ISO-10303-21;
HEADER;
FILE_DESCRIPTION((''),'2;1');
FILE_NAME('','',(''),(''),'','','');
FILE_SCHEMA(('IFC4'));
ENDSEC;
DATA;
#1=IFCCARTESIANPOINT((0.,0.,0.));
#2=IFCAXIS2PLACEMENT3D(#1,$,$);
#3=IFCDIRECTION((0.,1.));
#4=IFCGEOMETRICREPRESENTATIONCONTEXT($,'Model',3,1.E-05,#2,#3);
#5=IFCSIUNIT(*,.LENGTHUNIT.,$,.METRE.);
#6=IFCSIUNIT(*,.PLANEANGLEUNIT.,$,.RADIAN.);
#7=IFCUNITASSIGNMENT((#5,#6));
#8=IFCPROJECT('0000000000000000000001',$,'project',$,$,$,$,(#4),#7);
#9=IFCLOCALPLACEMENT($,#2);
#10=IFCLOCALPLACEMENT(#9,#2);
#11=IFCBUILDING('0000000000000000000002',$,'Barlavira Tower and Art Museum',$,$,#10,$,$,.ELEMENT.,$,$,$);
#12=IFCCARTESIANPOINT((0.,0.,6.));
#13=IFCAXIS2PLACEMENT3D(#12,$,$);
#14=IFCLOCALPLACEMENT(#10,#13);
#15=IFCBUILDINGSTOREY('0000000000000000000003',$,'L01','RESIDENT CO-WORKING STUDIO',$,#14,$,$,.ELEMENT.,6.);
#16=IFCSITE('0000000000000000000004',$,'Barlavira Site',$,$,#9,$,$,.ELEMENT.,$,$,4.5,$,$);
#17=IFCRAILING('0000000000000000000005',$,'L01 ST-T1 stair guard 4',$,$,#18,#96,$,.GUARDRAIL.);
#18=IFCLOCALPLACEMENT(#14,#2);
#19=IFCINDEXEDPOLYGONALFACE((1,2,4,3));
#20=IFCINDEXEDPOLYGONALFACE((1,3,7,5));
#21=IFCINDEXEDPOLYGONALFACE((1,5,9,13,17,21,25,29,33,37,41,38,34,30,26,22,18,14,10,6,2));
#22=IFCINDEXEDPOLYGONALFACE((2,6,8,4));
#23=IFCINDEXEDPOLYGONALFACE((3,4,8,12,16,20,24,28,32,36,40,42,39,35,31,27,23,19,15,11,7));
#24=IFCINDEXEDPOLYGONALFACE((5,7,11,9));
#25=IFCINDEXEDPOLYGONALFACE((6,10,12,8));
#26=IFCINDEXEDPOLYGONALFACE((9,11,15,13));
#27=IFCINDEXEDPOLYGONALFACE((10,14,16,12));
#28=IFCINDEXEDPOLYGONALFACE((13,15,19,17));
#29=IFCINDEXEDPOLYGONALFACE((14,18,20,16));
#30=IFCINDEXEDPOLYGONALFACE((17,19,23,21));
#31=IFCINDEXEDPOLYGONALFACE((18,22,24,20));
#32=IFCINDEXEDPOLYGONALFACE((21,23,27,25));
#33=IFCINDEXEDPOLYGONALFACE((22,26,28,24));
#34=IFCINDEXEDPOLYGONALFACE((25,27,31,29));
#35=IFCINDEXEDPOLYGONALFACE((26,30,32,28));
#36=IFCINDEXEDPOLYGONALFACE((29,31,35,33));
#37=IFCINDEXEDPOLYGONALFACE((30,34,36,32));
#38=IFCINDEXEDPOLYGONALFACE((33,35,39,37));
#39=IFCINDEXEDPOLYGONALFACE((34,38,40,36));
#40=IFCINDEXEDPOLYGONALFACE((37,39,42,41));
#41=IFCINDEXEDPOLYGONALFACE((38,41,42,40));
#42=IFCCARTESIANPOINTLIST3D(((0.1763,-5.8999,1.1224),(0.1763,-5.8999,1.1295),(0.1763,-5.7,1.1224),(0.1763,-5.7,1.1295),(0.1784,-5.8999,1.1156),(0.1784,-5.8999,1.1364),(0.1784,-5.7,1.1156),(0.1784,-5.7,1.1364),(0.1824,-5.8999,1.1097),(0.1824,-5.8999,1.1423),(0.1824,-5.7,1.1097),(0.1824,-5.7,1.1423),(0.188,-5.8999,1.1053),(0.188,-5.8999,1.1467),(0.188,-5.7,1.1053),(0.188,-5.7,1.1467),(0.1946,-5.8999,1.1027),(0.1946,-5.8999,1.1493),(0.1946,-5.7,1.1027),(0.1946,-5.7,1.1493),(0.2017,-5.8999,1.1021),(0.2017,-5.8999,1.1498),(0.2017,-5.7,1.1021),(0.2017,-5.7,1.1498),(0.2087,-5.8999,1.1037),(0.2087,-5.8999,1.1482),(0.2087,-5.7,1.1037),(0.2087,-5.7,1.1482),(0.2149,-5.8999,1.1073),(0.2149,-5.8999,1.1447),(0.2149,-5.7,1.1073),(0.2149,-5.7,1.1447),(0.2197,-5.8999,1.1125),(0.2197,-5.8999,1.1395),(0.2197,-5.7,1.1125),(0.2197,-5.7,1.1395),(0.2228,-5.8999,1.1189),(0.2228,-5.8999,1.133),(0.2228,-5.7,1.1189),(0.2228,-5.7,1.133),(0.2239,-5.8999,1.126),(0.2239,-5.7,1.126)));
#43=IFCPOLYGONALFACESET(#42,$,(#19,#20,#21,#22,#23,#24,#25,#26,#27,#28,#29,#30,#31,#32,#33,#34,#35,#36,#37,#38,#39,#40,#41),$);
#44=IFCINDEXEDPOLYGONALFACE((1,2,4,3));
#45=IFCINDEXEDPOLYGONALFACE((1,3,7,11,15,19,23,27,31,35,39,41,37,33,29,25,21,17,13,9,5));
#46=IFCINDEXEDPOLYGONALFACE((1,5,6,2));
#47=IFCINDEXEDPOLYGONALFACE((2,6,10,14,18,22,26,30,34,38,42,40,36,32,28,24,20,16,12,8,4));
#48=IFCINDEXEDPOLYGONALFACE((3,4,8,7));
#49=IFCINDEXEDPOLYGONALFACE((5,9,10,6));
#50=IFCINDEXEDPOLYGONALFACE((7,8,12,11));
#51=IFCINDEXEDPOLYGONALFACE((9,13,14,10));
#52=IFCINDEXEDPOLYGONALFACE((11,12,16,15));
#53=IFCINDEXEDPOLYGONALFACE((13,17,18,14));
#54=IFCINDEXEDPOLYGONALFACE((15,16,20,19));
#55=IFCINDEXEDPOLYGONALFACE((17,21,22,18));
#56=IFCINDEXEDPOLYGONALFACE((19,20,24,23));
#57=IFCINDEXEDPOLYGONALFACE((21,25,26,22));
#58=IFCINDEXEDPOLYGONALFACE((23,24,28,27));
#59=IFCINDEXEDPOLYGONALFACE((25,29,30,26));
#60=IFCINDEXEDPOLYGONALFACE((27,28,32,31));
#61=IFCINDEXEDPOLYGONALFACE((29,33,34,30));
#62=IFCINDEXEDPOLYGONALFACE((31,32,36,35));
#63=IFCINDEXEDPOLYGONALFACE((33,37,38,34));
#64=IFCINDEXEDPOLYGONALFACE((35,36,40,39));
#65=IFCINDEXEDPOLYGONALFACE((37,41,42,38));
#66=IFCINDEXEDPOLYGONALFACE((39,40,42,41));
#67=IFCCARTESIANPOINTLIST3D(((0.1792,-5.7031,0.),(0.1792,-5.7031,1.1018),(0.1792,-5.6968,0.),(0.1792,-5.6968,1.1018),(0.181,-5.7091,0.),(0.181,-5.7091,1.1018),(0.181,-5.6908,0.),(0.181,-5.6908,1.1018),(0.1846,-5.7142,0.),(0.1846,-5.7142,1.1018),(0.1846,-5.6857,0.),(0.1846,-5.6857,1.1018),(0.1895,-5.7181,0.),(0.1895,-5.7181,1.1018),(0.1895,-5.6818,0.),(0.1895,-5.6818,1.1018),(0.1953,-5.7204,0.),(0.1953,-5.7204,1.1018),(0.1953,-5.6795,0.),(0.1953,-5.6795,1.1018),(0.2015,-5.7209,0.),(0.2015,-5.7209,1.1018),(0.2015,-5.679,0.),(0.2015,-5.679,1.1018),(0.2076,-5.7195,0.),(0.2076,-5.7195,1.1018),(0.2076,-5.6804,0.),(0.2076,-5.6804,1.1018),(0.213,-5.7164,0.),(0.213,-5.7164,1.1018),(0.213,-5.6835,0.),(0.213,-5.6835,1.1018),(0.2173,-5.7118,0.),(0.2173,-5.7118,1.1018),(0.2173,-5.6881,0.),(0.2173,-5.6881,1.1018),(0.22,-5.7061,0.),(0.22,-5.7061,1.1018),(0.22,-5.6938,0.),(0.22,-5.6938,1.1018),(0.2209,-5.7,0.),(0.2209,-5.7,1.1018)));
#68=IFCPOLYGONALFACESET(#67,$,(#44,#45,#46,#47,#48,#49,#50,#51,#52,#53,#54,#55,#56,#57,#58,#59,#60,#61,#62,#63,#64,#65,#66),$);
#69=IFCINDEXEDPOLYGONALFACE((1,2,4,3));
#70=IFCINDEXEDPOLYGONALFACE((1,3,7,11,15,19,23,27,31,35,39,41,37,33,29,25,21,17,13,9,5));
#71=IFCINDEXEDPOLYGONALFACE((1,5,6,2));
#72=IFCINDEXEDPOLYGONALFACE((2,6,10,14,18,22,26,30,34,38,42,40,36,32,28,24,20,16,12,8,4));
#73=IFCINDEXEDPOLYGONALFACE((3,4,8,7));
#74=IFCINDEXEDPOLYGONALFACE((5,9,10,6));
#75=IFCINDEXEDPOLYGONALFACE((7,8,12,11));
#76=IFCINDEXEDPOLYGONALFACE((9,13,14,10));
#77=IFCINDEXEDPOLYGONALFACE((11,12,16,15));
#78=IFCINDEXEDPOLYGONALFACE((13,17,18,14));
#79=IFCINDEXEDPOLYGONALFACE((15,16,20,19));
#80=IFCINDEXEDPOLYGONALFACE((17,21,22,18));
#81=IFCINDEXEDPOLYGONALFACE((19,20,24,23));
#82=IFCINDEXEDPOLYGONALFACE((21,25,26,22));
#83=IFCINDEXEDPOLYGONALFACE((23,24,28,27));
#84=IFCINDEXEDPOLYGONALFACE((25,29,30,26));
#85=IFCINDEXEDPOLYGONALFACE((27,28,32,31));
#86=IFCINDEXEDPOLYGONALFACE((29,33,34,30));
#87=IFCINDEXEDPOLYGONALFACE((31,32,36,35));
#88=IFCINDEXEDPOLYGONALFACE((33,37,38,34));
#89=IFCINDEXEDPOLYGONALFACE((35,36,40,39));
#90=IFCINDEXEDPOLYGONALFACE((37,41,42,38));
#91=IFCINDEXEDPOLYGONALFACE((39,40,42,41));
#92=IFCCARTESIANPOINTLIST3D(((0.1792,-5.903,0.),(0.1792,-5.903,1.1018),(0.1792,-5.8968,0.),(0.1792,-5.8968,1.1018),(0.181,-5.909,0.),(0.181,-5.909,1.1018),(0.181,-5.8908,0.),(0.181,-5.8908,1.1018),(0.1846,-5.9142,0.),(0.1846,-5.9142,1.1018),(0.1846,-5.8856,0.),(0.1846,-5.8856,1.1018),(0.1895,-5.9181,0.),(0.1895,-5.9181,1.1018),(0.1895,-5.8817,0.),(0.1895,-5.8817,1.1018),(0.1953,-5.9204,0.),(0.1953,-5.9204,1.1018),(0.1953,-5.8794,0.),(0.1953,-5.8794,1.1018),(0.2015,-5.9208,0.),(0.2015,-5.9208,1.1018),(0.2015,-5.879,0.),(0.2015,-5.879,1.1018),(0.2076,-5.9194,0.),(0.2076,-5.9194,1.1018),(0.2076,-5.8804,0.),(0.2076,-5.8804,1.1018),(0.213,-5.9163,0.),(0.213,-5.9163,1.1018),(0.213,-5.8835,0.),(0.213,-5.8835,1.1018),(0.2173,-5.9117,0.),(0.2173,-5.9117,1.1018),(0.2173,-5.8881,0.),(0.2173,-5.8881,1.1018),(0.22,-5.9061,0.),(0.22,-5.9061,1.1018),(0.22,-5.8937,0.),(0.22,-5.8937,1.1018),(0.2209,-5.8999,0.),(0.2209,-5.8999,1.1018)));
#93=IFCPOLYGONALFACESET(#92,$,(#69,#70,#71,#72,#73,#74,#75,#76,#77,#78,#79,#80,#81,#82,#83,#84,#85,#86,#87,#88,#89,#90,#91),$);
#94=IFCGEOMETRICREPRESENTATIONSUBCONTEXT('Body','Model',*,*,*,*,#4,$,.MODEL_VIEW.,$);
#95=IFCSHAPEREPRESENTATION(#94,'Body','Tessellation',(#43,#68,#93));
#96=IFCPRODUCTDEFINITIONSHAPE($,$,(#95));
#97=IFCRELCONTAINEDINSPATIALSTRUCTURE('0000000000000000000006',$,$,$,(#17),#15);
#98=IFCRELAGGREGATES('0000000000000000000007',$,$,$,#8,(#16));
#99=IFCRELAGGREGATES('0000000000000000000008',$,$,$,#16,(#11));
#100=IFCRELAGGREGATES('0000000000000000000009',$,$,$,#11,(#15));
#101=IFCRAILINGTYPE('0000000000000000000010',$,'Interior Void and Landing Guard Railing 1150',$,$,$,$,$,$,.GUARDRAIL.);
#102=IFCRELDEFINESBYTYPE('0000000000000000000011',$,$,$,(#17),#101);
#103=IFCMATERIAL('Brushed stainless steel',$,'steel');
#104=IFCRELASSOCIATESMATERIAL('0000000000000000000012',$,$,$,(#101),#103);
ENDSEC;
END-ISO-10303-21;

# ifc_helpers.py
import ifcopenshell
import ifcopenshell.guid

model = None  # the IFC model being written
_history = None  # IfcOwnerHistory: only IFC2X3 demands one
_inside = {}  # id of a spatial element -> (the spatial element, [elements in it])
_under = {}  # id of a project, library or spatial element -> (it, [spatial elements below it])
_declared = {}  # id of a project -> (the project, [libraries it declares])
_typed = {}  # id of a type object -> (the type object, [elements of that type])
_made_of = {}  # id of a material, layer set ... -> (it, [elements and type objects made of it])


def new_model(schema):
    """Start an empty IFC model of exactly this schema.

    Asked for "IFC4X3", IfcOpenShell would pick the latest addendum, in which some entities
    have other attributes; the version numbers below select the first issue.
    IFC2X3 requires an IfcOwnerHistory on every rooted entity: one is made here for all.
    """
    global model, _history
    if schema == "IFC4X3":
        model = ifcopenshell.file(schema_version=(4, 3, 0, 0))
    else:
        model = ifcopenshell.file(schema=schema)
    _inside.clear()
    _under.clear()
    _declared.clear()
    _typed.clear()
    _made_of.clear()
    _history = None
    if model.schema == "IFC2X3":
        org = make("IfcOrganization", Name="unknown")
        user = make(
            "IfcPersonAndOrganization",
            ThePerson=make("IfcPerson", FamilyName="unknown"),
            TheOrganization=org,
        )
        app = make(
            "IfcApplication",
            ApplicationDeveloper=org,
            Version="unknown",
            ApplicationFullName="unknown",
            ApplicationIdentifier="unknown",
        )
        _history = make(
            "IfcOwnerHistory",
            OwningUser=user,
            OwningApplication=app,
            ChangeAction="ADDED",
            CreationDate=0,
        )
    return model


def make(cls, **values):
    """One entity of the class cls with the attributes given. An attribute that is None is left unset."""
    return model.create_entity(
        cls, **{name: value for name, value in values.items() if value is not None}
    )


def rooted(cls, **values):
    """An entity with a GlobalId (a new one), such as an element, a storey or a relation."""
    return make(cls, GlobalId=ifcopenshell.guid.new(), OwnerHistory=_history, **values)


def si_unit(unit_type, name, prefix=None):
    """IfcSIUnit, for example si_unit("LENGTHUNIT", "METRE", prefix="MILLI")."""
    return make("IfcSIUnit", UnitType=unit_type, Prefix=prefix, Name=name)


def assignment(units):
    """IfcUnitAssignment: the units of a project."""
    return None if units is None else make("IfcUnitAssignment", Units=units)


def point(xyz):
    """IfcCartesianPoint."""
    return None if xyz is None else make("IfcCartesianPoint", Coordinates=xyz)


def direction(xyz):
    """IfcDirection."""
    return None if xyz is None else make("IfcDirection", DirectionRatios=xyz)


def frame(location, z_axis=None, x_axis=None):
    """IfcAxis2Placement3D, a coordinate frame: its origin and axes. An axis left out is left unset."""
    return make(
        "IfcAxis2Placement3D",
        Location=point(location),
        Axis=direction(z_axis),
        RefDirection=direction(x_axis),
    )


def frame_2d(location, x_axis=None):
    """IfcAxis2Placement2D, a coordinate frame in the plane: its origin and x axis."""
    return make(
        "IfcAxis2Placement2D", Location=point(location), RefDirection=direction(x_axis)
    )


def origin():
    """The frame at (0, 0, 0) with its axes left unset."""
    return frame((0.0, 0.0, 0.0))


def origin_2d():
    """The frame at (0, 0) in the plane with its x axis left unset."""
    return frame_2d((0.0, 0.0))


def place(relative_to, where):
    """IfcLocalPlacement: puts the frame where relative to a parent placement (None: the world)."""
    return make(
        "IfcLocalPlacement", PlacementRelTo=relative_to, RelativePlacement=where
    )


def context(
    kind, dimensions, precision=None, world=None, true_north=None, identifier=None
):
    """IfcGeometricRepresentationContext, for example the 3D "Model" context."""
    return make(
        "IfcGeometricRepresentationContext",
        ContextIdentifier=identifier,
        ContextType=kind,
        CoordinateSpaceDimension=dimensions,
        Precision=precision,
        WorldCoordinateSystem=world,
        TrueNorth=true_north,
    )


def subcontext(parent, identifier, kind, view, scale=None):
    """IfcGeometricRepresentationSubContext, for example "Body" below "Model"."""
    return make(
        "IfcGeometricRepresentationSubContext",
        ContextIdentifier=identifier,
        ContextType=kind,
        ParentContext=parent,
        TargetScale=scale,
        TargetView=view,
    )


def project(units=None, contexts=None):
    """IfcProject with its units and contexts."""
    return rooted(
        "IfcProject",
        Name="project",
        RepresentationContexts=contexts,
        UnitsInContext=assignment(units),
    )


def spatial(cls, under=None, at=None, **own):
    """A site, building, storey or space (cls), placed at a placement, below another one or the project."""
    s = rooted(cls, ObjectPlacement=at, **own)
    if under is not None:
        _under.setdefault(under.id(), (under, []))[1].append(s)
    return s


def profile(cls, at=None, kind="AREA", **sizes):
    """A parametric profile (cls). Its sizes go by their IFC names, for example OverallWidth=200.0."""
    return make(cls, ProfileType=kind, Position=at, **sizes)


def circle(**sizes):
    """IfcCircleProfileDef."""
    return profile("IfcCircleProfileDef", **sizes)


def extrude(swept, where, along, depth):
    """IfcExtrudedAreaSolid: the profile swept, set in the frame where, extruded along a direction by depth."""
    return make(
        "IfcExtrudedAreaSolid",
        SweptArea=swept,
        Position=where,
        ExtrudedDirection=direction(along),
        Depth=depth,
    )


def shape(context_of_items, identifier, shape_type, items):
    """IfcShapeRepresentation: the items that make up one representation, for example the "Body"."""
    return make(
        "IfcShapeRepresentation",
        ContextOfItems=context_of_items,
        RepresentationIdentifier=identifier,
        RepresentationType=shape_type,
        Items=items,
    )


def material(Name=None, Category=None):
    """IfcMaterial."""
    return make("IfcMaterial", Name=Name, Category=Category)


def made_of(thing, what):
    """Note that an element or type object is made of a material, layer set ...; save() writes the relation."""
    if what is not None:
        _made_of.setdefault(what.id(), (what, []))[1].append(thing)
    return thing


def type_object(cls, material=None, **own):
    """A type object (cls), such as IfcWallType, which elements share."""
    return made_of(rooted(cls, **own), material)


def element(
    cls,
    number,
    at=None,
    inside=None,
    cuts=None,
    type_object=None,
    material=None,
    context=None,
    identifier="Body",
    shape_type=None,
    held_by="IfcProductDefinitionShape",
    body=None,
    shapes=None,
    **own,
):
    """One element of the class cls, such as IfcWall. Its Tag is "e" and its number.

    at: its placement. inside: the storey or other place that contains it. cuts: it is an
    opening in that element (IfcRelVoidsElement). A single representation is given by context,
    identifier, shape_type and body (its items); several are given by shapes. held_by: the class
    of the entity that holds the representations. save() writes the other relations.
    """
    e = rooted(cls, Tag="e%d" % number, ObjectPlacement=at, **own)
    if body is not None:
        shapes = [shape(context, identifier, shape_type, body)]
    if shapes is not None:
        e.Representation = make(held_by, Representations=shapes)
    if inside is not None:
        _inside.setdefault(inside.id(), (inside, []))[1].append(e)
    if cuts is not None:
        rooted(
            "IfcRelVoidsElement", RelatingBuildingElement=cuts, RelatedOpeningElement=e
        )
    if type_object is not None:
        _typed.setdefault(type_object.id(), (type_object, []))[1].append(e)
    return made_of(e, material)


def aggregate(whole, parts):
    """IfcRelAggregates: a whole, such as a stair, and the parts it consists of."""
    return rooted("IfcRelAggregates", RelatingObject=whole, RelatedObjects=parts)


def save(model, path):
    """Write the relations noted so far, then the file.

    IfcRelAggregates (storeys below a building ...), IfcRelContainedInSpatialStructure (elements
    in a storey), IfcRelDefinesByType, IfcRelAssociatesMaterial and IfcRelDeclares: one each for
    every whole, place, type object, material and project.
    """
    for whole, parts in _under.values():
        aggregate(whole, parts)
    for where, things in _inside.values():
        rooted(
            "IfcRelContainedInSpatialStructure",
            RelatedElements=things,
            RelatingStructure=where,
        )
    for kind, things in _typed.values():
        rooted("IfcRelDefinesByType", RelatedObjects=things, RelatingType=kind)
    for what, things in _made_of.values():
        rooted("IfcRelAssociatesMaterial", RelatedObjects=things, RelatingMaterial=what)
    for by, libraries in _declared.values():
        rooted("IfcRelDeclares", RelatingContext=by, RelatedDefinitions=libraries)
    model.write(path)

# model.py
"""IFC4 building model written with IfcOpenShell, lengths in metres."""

from ifc_helpers import new_model, si_unit, direction, frame, origin, origin_2d, place, context, subcontext, project, spatial, circle, extrude, material, type_object, element, save


model = new_model("IFC4")

# Units and contexts
model_context = context("Model", 3, precision=1e-05, world=origin(), true_north=direction((0.0, 1.0)))
body_context = subcontext(model_context, "Body", "Model", "MODEL_VIEW")
ifc_project = project(units=[si_unit("LENGTHUNIT", "METRE"), si_unit("PLANEANGLEUNIT", "RADIAN")], contexts=[model_context])

# Site, building, storey
site_placement = place(None, origin())
site = spatial("IfcSite", under=ifc_project, at=site_placement, Name="Barlavira Site", CompositionType="ELEMENT", RefElevation=4.5)
building_placement = place(site_placement, origin())
building = spatial("IfcBuilding", under=site, at=building_placement, Name="Barlavira Tower and Art Museum", CompositionType="ELEMENT")
storey_placement = place(building_placement, frame((0.0, 0.0, 6.0)))
storey = spatial("IfcBuildingStorey", under=building, at=storey_placement, Name="L01", Description="RESIDENT CO-WORKING STUDIO", CompositionType="ELEMENT", Elevation=6.0)

# Shared definitions
ifc_material_1 = material(Name="Brushed stainless steel", Category="steel")

# Railing
railing_type_1 = type_object("IfcRailingType", Name="Interior Void and Landing Guard Railing 1150", PredefinedType="GUARDRAIL", material=ifc_material_1)
railing_1_placement = place(storey_placement, frame((0.2, -5.7, 0.0)))
element("IfcRailing", 1, at=railing_1_placement, inside=storey, type_object=railing_type_1, Name="L01 ST-T1 stair guard 4", PredefinedType="GUARDRAIL", context=body_context, shape_type="SweptSolid", body=[
    extrude(circle(Radius=0.0239, at=origin_2d()), frame((0.0, 0.0, 1.126), z_axis=(0.0, -1.0, 0.0), x_axis=(1.0, 0.0, 0.0)), (0.0, 0.0, 1.0), 0.2),
    extrude(circle(Radius=0.021, at=origin_2d()), origin(), (0.0, 0.0, 1.0), 1.1018),
    extrude(circle(Radius=0.021, at=origin_2d()), frame((0.0, -0.2, 0.0)), (0.0, 0.0, 1.0), 1.1018),
])

save(model, "model.ifc")
